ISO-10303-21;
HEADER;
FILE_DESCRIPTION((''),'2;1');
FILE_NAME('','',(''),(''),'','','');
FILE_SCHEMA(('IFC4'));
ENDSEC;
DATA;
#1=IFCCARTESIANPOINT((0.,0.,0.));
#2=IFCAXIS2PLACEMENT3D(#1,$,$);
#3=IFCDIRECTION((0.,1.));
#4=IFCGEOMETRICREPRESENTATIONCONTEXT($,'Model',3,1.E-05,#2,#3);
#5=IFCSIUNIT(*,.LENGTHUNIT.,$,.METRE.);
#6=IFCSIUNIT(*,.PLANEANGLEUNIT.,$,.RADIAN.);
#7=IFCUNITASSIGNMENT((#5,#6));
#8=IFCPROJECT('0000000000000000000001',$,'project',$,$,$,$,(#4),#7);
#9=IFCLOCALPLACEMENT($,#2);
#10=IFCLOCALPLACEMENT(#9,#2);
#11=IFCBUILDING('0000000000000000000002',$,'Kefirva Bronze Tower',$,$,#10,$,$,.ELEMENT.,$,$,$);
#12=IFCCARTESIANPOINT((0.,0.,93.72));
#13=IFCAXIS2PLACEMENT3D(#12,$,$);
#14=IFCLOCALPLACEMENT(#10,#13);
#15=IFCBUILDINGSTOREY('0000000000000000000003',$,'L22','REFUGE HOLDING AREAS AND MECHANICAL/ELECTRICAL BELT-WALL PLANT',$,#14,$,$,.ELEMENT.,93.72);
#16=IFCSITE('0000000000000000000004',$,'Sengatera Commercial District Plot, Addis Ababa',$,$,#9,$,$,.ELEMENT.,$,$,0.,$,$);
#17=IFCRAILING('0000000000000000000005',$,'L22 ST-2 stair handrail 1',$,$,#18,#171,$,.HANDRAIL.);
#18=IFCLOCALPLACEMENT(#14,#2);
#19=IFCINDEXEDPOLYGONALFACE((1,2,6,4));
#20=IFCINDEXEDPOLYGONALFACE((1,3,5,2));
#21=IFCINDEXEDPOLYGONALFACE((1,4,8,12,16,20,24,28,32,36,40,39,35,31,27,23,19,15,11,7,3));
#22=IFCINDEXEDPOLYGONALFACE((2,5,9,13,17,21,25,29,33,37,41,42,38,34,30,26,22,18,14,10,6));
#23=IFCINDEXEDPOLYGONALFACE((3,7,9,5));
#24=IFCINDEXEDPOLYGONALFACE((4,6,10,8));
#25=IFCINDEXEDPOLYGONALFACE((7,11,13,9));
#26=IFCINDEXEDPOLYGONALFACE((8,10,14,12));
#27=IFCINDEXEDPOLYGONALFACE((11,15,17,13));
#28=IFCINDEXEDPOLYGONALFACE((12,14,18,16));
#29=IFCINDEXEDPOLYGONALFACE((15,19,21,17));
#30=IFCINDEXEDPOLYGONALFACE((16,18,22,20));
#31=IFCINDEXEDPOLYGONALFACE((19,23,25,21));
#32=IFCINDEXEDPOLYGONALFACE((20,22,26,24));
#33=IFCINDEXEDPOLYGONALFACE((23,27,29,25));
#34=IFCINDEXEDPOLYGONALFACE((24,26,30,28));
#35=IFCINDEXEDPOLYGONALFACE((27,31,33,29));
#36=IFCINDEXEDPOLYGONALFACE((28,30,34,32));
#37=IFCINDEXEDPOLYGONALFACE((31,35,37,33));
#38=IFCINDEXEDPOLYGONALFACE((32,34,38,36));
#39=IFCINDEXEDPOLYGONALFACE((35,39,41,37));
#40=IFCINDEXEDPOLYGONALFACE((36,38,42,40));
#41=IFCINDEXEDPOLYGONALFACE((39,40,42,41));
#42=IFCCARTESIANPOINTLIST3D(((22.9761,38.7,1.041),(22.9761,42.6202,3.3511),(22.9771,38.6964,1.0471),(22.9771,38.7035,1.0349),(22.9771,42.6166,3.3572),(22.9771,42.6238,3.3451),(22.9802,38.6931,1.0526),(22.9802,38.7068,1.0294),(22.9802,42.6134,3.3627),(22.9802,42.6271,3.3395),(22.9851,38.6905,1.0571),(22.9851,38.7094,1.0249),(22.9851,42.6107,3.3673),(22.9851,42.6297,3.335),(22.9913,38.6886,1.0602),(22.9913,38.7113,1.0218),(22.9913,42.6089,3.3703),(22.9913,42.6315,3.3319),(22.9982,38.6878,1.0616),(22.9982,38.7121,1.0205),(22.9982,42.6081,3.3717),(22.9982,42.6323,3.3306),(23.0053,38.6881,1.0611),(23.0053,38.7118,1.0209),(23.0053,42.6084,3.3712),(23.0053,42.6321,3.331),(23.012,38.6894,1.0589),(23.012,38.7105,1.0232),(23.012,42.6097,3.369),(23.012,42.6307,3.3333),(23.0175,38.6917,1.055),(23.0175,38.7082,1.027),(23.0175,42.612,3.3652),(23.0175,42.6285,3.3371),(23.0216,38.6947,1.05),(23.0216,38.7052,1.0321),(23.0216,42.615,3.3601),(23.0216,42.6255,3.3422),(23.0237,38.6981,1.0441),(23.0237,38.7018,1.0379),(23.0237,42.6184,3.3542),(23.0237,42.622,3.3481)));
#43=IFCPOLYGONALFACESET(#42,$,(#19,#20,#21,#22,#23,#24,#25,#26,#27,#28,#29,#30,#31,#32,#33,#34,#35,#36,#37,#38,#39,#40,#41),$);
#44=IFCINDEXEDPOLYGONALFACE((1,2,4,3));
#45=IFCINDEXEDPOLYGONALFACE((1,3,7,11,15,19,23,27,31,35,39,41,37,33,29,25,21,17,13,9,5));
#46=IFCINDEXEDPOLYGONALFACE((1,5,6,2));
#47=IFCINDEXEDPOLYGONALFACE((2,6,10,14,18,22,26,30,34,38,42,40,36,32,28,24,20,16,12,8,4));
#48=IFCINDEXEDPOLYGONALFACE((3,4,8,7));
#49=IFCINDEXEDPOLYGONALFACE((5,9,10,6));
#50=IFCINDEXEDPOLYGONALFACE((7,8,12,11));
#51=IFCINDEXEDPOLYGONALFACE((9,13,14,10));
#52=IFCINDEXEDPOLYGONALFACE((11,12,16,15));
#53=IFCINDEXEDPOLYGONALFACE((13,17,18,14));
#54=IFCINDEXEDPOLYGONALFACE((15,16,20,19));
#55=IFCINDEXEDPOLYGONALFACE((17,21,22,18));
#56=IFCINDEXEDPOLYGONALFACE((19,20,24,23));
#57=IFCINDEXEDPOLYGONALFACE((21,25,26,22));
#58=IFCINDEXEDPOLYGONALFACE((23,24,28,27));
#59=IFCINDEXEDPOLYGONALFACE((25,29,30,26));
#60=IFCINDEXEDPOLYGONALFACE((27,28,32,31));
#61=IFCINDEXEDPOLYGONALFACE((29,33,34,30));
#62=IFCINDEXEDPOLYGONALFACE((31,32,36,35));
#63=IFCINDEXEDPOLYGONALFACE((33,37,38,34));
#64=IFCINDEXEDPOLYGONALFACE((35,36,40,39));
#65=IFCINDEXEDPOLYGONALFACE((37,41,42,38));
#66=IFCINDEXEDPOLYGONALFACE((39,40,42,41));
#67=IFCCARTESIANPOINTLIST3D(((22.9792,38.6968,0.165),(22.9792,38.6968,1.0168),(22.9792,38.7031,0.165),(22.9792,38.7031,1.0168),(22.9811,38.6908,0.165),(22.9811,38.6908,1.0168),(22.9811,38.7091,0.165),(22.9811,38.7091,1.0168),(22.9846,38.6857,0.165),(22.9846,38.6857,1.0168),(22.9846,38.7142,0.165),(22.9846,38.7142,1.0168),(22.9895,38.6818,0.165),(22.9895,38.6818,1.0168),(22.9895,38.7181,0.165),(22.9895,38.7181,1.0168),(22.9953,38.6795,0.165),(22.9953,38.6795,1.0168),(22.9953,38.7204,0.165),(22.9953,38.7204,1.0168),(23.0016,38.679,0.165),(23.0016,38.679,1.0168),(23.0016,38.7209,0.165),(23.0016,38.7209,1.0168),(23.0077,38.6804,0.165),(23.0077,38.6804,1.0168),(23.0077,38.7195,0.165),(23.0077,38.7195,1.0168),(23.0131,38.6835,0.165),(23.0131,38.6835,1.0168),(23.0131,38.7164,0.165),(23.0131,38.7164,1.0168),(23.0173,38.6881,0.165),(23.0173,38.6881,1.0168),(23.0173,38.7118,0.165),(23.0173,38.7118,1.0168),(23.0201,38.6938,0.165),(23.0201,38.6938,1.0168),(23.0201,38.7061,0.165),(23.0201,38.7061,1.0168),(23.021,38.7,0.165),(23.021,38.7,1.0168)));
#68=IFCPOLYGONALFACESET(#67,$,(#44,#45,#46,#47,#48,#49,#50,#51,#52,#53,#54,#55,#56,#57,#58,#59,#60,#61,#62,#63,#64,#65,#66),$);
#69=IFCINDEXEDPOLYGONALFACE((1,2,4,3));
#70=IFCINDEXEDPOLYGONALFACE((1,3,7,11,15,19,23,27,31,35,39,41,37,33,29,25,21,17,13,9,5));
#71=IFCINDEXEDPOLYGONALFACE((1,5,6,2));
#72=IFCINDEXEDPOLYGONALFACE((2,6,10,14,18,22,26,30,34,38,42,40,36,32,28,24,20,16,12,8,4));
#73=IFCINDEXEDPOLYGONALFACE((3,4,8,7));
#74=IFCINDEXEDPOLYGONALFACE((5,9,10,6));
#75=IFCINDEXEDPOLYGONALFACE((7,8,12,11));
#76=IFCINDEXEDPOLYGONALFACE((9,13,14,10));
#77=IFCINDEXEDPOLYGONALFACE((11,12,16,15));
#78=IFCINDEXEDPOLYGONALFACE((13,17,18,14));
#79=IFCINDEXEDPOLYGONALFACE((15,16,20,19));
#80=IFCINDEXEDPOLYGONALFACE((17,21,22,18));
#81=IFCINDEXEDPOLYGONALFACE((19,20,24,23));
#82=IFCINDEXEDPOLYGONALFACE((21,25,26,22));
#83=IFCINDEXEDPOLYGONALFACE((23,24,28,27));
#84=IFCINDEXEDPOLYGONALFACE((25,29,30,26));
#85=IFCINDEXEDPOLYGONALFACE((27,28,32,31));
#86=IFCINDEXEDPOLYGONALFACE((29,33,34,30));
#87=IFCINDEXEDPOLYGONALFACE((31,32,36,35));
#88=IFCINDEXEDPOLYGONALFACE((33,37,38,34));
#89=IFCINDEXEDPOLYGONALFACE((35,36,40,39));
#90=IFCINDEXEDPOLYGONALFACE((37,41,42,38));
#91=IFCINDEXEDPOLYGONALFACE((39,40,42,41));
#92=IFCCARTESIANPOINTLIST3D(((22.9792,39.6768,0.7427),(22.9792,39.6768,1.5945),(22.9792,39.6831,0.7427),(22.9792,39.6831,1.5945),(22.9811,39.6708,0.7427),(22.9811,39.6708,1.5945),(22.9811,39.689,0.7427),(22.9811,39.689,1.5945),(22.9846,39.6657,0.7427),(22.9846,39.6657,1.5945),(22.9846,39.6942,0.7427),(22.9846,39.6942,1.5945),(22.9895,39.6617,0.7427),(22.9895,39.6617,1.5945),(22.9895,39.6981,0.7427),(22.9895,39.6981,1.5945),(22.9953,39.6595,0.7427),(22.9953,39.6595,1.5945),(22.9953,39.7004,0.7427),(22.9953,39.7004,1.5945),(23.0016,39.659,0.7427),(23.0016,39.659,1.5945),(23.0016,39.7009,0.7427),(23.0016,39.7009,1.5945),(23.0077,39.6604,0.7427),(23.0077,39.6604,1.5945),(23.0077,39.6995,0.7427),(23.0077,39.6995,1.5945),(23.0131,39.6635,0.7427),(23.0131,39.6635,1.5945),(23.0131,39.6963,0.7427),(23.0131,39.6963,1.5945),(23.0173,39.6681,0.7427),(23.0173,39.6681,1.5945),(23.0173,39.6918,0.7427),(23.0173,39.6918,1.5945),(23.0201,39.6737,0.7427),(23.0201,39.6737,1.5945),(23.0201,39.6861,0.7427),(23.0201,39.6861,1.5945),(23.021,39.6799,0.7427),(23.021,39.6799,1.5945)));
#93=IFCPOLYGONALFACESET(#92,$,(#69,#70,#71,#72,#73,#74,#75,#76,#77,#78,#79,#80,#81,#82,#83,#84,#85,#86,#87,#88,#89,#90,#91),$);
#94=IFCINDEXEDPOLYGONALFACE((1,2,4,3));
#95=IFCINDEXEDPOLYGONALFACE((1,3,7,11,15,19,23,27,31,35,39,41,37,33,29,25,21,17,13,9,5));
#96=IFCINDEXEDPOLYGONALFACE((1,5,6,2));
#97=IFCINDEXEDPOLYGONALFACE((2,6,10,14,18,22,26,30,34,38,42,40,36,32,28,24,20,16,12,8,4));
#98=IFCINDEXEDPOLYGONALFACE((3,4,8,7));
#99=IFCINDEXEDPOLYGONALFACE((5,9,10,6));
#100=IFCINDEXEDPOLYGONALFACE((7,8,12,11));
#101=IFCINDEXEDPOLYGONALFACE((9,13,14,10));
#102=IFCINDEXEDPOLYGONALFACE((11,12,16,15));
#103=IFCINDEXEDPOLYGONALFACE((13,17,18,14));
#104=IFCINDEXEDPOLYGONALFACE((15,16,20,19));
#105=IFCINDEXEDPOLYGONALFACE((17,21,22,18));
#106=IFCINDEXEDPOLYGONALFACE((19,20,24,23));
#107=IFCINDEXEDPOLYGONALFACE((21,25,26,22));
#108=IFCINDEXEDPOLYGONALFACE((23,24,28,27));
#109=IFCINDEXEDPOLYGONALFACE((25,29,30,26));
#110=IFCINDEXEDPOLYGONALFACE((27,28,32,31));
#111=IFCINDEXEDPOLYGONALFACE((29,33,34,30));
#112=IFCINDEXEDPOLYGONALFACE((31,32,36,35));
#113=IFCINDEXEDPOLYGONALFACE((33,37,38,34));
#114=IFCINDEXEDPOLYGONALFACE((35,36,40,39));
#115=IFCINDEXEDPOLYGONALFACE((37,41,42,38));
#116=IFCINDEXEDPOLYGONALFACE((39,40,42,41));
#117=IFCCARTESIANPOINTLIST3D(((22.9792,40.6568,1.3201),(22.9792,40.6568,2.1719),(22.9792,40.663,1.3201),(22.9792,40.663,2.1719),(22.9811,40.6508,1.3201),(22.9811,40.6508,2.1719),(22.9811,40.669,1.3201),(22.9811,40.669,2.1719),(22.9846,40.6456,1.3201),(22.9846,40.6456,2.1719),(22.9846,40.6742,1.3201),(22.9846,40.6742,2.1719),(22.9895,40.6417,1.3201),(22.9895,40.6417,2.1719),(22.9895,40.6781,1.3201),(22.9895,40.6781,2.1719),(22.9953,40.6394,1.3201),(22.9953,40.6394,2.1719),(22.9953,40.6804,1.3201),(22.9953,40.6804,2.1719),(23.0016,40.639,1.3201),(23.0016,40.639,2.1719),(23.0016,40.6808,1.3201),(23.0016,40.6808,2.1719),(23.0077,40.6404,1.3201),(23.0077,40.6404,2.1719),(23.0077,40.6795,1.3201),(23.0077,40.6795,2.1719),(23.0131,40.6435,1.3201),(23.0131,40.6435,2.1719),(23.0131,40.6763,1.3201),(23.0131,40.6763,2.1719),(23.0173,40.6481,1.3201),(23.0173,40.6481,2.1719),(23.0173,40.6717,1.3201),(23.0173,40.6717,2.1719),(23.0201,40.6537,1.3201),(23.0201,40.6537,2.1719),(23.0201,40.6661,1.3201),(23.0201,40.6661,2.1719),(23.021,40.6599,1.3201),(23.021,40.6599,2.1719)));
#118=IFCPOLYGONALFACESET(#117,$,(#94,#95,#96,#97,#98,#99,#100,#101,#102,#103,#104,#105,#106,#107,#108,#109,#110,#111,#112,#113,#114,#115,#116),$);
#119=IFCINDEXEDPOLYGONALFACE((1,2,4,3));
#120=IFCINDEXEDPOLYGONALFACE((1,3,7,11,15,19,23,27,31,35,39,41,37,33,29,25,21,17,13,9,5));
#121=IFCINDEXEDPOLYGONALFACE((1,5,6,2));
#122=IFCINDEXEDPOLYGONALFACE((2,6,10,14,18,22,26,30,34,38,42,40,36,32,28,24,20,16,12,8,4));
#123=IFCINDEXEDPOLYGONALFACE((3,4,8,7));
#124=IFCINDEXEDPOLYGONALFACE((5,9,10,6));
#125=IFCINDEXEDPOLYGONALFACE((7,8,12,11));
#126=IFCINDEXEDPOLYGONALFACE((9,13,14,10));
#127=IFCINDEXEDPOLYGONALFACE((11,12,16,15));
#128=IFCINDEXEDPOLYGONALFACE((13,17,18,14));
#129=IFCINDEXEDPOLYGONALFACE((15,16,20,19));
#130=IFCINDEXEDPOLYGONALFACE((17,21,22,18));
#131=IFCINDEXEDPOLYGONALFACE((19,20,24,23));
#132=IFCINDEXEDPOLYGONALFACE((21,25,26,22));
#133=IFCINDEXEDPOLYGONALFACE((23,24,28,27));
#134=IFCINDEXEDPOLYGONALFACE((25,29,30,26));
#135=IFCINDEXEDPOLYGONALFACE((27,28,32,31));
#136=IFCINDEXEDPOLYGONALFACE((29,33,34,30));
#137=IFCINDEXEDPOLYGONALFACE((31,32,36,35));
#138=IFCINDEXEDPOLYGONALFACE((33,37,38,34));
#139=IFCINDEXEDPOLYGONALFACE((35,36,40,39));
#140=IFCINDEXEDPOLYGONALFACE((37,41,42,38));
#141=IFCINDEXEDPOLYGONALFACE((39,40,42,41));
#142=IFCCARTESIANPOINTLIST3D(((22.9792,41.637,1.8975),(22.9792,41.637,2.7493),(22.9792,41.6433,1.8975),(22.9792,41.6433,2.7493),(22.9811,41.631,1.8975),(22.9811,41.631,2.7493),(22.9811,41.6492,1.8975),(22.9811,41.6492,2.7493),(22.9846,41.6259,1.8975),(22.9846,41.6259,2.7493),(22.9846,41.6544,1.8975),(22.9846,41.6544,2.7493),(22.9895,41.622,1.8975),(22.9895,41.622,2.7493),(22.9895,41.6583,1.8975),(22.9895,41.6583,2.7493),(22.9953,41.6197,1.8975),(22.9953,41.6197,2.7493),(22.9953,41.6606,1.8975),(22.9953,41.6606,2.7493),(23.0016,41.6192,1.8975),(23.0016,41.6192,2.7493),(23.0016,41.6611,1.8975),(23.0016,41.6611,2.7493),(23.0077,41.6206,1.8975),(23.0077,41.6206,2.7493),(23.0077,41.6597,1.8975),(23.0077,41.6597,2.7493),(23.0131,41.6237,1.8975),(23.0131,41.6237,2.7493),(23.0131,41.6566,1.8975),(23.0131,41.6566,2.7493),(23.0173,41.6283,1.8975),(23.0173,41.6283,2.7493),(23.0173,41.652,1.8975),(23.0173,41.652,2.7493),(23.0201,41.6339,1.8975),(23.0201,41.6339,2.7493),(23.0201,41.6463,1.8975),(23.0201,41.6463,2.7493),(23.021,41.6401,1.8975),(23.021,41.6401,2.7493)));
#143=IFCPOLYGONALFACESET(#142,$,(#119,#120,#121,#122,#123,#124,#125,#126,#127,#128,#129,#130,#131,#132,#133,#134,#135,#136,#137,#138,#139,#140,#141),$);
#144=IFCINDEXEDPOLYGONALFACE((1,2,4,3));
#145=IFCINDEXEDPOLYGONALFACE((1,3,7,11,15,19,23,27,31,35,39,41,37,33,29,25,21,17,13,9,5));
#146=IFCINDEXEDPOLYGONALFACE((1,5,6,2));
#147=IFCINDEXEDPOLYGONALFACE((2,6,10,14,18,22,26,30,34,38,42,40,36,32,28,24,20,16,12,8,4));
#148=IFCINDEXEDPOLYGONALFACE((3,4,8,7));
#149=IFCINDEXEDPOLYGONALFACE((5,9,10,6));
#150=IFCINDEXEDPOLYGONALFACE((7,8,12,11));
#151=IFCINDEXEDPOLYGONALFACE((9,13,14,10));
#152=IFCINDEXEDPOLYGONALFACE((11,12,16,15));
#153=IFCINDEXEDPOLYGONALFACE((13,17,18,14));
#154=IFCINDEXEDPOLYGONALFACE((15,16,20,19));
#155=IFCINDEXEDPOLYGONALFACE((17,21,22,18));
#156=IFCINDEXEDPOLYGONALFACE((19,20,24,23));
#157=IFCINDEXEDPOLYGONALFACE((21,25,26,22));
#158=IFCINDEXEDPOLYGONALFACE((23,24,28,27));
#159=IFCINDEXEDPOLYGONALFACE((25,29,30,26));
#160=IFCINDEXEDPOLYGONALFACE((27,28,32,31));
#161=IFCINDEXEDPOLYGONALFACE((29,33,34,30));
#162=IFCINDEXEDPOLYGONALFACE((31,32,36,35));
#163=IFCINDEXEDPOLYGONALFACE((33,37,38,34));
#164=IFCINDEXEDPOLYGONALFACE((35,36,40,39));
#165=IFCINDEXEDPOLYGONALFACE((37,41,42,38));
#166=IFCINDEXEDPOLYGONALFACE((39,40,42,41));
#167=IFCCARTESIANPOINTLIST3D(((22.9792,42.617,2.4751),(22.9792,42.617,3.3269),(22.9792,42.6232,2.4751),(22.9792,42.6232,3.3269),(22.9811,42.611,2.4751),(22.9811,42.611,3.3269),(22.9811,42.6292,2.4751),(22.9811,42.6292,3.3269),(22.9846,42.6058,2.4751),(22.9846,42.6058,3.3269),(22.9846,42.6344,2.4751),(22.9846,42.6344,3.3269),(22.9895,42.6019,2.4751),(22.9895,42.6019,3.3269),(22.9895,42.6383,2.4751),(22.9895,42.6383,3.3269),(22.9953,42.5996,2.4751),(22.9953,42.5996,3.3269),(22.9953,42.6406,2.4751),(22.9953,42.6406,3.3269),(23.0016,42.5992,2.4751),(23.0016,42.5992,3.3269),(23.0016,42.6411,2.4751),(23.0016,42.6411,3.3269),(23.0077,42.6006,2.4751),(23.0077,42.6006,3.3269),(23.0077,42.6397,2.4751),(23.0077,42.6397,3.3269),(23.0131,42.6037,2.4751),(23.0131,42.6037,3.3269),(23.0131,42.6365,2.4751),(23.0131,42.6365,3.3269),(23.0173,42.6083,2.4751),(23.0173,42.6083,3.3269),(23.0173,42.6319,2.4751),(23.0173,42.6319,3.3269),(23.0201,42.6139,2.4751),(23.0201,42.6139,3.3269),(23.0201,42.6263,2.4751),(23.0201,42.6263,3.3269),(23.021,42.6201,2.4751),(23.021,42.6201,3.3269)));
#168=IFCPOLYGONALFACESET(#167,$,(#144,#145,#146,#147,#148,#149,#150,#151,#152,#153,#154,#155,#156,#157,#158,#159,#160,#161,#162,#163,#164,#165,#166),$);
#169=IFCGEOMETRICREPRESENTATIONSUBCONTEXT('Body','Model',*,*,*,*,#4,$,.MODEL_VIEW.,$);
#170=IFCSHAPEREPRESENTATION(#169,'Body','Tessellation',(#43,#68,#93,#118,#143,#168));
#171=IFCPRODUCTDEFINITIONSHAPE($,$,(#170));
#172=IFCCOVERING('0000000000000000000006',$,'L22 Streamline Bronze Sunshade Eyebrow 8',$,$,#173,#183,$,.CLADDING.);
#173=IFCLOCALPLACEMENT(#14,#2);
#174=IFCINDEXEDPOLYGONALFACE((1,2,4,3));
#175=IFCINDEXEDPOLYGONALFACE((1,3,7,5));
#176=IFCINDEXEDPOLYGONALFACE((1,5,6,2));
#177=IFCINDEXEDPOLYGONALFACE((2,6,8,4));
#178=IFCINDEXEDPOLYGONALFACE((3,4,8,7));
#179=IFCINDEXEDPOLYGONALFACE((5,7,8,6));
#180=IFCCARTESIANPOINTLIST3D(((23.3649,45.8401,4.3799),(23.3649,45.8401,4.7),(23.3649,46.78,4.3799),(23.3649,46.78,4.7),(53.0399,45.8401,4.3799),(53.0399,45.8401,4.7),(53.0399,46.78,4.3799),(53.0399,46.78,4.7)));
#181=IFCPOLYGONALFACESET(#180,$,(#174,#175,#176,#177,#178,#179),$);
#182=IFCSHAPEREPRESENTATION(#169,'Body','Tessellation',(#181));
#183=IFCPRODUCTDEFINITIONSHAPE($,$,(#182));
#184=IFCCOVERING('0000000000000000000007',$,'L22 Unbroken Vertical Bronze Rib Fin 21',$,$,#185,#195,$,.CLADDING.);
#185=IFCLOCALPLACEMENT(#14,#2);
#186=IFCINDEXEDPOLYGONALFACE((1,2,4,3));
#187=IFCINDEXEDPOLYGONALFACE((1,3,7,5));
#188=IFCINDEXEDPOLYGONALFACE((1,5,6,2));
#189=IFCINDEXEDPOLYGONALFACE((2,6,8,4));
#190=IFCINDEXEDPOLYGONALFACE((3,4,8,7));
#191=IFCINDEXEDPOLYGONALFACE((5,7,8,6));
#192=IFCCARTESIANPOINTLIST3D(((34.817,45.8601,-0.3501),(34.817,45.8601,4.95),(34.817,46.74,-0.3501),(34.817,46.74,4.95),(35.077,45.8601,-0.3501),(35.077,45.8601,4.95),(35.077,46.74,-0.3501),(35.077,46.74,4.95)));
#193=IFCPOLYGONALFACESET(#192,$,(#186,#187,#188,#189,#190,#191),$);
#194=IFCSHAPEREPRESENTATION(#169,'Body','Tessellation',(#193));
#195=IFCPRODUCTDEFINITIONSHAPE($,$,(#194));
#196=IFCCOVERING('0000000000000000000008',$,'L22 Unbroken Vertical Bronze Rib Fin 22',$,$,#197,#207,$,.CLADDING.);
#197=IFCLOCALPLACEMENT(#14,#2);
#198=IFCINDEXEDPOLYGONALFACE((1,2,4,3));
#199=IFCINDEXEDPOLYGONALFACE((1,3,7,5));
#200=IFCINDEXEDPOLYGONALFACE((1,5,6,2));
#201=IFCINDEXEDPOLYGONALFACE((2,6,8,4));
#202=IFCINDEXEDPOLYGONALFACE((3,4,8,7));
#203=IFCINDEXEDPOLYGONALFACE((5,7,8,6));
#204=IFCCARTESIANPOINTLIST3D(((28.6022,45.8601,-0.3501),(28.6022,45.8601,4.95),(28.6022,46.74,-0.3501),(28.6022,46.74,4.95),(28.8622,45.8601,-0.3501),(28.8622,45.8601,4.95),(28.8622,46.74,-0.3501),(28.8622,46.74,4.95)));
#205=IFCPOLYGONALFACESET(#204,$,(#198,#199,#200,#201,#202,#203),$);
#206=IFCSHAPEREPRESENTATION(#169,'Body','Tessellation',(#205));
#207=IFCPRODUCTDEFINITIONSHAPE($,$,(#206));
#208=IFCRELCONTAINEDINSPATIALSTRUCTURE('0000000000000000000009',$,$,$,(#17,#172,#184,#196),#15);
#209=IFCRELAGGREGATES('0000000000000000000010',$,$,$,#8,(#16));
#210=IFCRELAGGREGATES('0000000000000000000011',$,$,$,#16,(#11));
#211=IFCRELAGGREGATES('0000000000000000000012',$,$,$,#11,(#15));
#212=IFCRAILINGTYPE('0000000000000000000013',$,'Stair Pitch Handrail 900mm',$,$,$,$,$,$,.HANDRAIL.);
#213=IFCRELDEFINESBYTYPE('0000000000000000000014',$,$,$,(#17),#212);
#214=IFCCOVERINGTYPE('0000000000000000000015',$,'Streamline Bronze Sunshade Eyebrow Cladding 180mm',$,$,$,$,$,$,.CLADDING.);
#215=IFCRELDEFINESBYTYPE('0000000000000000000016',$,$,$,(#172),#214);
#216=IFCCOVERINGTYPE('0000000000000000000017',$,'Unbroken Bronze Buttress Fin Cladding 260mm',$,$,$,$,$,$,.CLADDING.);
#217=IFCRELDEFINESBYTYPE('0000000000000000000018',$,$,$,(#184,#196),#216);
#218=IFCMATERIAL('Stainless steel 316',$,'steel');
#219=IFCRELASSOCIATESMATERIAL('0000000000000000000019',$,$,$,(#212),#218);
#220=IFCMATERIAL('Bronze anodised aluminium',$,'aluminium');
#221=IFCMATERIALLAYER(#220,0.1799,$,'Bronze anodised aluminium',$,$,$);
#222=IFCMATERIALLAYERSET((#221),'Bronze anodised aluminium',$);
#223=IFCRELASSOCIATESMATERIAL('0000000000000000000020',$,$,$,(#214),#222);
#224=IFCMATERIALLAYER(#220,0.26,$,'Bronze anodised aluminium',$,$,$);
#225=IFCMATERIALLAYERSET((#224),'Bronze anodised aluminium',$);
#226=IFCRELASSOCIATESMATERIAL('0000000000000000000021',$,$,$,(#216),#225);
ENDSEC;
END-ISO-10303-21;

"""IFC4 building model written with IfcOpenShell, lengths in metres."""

from ifc_helpers import new_model, si_unit, direction, frame, origin, origin_2d, place, context, subcontext, project, spatial, rectangle, circle, extrude, material, layer, layer_set, type_object, element, save


model = new_model("IFC4")

# Units and contexts
model_context = context("Model", 3, precision=1e-05, world=origin(), true_north=direction((0.0, 1.0)))
body_context = subcontext(model_context, "Body", "Model", "MODEL_VIEW")
ifc_project = project(units=[si_unit("LENGTHUNIT", "METRE"), si_unit("PLANEANGLEUNIT", "RADIAN")], contexts=[model_context])

# Site, building, storey
site_placement = place(None, origin())
site = spatial("IfcSite", under=ifc_project, at=site_placement, Name="Sengatera Commercial District Plot, Addis Ababa", CompositionType="ELEMENT", RefElevation=0.0)
building_placement = place(site_placement, origin())
building = spatial("IfcBuilding", under=site, at=building_placement, Name="Kefirva Bronze Tower", CompositionType="ELEMENT")
storey_placement = place(building_placement, frame((0.0, 0.0, 93.72)))
storey = spatial("IfcBuildingStorey", under=building, at=storey_placement, Name="L22", Description="REFUGE HOLDING AREAS AND MECHANICAL/ELECTRICAL BELT-WALL PLANT", CompositionType="ELEMENT", Elevation=93.72)

# Shared definitions
ifc_material_1 = material(Name="Bronze anodised aluminium", Category="aluminium")

# Railing
ifc_material_2 = material(Name="Stainless steel 316", Category="steel")
railing_type = type_object("IfcRailingType", Name="Stair Pitch Handrail 900mm", PredefinedType="HANDRAIL", material=ifc_material_2)
railing_placement = place(storey_placement, frame((23.0, 38.7, 0.165)))
element("IfcRailing", 1, at=railing_placement, inside=storey, type_object=railing_type, Name="L22 ST-2 stair handrail 1", PredefinedType="HANDRAIL", context=body_context, shape_type="SweptSolid", body=[
    extrude(circle(Radius=0.0239, at=origin_2d()), frame((0.0, 0.0, 0.876), z_axis=(0.0, 0.861542, 0.507686), x_axis=(-1.0, 0.0, 0.0)), (0.0, 0.0, 1.0), 4.5503),
    extrude(circle(Radius=0.021, at=origin_2d()), origin(), (0.0, 0.0, 1.0), 0.8518),
    extrude(circle(Radius=0.021, at=origin_2d()), frame((0.0, 0.98, 0.5776)), (0.0, 0.0, 1.0), 0.8518),
    extrude(circle(Radius=0.021, at=origin_2d()), frame((0.0, 1.96, 1.155)), (0.0, 0.0, 1.0), 0.8518),
    extrude(circle(Radius=0.021, at=origin_2d()), frame((0.0, 2.9402, 1.7324)), (0.0, 0.0, 1.0), 0.8518),
    extrude(circle(Radius=0.021, at=origin_2d()), frame((0.0, 3.9202, 2.3101)), (0.0, 0.0, 1.0), 0.8518),
])

# Coverings
ifc_layer_1 = layer(ifc_material_1, 0.1799, Name="Bronze anodised aluminium")
ifc_layer_set_1 = layer_set([ifc_layer_1], Name="Bronze anodised aluminium")
covering_type_1 = type_object("IfcCoveringType", Name="Streamline Bronze Sunshade Eyebrow Cladding 180mm", PredefinedType="CLADDING", material=ifc_layer_set_1)
covering_1_placement = place(storey_placement, frame((38.2024, 46.3101, 4.3799), z_axis=(0.0, 0.0, 1.0), x_axis=(-1.0, 0.0, 0.0)))
element("IfcCovering", 2, at=covering_1_placement, inside=storey, type_object=covering_type_1, Name="L22 Streamline Bronze Sunshade Eyebrow 8", PredefinedType="CLADDING", context=body_context, shape_type="SweptSolid", body=[
    extrude(rectangle(XDim=29.675, YDim=0.9399, at=origin_2d()), origin(), (0.0, 0.0, 1.0), 0.3201),
])
ifc_layer_2 = layer(ifc_material_1, 0.26, Name="Bronze anodised aluminium")
ifc_layer_set_2 = layer_set([ifc_layer_2], Name="Bronze anodised aluminium")
covering_type_2 = type_object("IfcCoveringType", Name="Unbroken Bronze Buttress Fin Cladding 260mm", PredefinedType="CLADDING", material=ifc_layer_set_2)
for number, where, z_axis, x_axis, name in (
    (3, (34.947, 46.3, -0.3501), (0.0, 0.0, 1.0), (-1.0, 0.0, 0.0), "L22 Unbroken Vertical Bronze Rib Fin 21"),
    (4, (28.7322, 46.3, -0.3501), (0.0, 0.0, 1.0), (-1.0, 0.0, 0.0), "L22 Unbroken Vertical Bronze Rib Fin 22"),
):
    element("IfcCovering", number, at=place(storey_placement, frame(where, z_axis=z_axis, x_axis=x_axis)), inside=storey, type_object=covering_type_2, Name=name, PredefinedType="CLADDING", context=body_context, shape_type="SweptSolid", body=[
        extrude(rectangle(XDim=0.26, YDim=0.8799, at=origin_2d()), origin(), (0.0, 0.0, 1.0), 5.3),
    ])

save(model, "model.ifc")
